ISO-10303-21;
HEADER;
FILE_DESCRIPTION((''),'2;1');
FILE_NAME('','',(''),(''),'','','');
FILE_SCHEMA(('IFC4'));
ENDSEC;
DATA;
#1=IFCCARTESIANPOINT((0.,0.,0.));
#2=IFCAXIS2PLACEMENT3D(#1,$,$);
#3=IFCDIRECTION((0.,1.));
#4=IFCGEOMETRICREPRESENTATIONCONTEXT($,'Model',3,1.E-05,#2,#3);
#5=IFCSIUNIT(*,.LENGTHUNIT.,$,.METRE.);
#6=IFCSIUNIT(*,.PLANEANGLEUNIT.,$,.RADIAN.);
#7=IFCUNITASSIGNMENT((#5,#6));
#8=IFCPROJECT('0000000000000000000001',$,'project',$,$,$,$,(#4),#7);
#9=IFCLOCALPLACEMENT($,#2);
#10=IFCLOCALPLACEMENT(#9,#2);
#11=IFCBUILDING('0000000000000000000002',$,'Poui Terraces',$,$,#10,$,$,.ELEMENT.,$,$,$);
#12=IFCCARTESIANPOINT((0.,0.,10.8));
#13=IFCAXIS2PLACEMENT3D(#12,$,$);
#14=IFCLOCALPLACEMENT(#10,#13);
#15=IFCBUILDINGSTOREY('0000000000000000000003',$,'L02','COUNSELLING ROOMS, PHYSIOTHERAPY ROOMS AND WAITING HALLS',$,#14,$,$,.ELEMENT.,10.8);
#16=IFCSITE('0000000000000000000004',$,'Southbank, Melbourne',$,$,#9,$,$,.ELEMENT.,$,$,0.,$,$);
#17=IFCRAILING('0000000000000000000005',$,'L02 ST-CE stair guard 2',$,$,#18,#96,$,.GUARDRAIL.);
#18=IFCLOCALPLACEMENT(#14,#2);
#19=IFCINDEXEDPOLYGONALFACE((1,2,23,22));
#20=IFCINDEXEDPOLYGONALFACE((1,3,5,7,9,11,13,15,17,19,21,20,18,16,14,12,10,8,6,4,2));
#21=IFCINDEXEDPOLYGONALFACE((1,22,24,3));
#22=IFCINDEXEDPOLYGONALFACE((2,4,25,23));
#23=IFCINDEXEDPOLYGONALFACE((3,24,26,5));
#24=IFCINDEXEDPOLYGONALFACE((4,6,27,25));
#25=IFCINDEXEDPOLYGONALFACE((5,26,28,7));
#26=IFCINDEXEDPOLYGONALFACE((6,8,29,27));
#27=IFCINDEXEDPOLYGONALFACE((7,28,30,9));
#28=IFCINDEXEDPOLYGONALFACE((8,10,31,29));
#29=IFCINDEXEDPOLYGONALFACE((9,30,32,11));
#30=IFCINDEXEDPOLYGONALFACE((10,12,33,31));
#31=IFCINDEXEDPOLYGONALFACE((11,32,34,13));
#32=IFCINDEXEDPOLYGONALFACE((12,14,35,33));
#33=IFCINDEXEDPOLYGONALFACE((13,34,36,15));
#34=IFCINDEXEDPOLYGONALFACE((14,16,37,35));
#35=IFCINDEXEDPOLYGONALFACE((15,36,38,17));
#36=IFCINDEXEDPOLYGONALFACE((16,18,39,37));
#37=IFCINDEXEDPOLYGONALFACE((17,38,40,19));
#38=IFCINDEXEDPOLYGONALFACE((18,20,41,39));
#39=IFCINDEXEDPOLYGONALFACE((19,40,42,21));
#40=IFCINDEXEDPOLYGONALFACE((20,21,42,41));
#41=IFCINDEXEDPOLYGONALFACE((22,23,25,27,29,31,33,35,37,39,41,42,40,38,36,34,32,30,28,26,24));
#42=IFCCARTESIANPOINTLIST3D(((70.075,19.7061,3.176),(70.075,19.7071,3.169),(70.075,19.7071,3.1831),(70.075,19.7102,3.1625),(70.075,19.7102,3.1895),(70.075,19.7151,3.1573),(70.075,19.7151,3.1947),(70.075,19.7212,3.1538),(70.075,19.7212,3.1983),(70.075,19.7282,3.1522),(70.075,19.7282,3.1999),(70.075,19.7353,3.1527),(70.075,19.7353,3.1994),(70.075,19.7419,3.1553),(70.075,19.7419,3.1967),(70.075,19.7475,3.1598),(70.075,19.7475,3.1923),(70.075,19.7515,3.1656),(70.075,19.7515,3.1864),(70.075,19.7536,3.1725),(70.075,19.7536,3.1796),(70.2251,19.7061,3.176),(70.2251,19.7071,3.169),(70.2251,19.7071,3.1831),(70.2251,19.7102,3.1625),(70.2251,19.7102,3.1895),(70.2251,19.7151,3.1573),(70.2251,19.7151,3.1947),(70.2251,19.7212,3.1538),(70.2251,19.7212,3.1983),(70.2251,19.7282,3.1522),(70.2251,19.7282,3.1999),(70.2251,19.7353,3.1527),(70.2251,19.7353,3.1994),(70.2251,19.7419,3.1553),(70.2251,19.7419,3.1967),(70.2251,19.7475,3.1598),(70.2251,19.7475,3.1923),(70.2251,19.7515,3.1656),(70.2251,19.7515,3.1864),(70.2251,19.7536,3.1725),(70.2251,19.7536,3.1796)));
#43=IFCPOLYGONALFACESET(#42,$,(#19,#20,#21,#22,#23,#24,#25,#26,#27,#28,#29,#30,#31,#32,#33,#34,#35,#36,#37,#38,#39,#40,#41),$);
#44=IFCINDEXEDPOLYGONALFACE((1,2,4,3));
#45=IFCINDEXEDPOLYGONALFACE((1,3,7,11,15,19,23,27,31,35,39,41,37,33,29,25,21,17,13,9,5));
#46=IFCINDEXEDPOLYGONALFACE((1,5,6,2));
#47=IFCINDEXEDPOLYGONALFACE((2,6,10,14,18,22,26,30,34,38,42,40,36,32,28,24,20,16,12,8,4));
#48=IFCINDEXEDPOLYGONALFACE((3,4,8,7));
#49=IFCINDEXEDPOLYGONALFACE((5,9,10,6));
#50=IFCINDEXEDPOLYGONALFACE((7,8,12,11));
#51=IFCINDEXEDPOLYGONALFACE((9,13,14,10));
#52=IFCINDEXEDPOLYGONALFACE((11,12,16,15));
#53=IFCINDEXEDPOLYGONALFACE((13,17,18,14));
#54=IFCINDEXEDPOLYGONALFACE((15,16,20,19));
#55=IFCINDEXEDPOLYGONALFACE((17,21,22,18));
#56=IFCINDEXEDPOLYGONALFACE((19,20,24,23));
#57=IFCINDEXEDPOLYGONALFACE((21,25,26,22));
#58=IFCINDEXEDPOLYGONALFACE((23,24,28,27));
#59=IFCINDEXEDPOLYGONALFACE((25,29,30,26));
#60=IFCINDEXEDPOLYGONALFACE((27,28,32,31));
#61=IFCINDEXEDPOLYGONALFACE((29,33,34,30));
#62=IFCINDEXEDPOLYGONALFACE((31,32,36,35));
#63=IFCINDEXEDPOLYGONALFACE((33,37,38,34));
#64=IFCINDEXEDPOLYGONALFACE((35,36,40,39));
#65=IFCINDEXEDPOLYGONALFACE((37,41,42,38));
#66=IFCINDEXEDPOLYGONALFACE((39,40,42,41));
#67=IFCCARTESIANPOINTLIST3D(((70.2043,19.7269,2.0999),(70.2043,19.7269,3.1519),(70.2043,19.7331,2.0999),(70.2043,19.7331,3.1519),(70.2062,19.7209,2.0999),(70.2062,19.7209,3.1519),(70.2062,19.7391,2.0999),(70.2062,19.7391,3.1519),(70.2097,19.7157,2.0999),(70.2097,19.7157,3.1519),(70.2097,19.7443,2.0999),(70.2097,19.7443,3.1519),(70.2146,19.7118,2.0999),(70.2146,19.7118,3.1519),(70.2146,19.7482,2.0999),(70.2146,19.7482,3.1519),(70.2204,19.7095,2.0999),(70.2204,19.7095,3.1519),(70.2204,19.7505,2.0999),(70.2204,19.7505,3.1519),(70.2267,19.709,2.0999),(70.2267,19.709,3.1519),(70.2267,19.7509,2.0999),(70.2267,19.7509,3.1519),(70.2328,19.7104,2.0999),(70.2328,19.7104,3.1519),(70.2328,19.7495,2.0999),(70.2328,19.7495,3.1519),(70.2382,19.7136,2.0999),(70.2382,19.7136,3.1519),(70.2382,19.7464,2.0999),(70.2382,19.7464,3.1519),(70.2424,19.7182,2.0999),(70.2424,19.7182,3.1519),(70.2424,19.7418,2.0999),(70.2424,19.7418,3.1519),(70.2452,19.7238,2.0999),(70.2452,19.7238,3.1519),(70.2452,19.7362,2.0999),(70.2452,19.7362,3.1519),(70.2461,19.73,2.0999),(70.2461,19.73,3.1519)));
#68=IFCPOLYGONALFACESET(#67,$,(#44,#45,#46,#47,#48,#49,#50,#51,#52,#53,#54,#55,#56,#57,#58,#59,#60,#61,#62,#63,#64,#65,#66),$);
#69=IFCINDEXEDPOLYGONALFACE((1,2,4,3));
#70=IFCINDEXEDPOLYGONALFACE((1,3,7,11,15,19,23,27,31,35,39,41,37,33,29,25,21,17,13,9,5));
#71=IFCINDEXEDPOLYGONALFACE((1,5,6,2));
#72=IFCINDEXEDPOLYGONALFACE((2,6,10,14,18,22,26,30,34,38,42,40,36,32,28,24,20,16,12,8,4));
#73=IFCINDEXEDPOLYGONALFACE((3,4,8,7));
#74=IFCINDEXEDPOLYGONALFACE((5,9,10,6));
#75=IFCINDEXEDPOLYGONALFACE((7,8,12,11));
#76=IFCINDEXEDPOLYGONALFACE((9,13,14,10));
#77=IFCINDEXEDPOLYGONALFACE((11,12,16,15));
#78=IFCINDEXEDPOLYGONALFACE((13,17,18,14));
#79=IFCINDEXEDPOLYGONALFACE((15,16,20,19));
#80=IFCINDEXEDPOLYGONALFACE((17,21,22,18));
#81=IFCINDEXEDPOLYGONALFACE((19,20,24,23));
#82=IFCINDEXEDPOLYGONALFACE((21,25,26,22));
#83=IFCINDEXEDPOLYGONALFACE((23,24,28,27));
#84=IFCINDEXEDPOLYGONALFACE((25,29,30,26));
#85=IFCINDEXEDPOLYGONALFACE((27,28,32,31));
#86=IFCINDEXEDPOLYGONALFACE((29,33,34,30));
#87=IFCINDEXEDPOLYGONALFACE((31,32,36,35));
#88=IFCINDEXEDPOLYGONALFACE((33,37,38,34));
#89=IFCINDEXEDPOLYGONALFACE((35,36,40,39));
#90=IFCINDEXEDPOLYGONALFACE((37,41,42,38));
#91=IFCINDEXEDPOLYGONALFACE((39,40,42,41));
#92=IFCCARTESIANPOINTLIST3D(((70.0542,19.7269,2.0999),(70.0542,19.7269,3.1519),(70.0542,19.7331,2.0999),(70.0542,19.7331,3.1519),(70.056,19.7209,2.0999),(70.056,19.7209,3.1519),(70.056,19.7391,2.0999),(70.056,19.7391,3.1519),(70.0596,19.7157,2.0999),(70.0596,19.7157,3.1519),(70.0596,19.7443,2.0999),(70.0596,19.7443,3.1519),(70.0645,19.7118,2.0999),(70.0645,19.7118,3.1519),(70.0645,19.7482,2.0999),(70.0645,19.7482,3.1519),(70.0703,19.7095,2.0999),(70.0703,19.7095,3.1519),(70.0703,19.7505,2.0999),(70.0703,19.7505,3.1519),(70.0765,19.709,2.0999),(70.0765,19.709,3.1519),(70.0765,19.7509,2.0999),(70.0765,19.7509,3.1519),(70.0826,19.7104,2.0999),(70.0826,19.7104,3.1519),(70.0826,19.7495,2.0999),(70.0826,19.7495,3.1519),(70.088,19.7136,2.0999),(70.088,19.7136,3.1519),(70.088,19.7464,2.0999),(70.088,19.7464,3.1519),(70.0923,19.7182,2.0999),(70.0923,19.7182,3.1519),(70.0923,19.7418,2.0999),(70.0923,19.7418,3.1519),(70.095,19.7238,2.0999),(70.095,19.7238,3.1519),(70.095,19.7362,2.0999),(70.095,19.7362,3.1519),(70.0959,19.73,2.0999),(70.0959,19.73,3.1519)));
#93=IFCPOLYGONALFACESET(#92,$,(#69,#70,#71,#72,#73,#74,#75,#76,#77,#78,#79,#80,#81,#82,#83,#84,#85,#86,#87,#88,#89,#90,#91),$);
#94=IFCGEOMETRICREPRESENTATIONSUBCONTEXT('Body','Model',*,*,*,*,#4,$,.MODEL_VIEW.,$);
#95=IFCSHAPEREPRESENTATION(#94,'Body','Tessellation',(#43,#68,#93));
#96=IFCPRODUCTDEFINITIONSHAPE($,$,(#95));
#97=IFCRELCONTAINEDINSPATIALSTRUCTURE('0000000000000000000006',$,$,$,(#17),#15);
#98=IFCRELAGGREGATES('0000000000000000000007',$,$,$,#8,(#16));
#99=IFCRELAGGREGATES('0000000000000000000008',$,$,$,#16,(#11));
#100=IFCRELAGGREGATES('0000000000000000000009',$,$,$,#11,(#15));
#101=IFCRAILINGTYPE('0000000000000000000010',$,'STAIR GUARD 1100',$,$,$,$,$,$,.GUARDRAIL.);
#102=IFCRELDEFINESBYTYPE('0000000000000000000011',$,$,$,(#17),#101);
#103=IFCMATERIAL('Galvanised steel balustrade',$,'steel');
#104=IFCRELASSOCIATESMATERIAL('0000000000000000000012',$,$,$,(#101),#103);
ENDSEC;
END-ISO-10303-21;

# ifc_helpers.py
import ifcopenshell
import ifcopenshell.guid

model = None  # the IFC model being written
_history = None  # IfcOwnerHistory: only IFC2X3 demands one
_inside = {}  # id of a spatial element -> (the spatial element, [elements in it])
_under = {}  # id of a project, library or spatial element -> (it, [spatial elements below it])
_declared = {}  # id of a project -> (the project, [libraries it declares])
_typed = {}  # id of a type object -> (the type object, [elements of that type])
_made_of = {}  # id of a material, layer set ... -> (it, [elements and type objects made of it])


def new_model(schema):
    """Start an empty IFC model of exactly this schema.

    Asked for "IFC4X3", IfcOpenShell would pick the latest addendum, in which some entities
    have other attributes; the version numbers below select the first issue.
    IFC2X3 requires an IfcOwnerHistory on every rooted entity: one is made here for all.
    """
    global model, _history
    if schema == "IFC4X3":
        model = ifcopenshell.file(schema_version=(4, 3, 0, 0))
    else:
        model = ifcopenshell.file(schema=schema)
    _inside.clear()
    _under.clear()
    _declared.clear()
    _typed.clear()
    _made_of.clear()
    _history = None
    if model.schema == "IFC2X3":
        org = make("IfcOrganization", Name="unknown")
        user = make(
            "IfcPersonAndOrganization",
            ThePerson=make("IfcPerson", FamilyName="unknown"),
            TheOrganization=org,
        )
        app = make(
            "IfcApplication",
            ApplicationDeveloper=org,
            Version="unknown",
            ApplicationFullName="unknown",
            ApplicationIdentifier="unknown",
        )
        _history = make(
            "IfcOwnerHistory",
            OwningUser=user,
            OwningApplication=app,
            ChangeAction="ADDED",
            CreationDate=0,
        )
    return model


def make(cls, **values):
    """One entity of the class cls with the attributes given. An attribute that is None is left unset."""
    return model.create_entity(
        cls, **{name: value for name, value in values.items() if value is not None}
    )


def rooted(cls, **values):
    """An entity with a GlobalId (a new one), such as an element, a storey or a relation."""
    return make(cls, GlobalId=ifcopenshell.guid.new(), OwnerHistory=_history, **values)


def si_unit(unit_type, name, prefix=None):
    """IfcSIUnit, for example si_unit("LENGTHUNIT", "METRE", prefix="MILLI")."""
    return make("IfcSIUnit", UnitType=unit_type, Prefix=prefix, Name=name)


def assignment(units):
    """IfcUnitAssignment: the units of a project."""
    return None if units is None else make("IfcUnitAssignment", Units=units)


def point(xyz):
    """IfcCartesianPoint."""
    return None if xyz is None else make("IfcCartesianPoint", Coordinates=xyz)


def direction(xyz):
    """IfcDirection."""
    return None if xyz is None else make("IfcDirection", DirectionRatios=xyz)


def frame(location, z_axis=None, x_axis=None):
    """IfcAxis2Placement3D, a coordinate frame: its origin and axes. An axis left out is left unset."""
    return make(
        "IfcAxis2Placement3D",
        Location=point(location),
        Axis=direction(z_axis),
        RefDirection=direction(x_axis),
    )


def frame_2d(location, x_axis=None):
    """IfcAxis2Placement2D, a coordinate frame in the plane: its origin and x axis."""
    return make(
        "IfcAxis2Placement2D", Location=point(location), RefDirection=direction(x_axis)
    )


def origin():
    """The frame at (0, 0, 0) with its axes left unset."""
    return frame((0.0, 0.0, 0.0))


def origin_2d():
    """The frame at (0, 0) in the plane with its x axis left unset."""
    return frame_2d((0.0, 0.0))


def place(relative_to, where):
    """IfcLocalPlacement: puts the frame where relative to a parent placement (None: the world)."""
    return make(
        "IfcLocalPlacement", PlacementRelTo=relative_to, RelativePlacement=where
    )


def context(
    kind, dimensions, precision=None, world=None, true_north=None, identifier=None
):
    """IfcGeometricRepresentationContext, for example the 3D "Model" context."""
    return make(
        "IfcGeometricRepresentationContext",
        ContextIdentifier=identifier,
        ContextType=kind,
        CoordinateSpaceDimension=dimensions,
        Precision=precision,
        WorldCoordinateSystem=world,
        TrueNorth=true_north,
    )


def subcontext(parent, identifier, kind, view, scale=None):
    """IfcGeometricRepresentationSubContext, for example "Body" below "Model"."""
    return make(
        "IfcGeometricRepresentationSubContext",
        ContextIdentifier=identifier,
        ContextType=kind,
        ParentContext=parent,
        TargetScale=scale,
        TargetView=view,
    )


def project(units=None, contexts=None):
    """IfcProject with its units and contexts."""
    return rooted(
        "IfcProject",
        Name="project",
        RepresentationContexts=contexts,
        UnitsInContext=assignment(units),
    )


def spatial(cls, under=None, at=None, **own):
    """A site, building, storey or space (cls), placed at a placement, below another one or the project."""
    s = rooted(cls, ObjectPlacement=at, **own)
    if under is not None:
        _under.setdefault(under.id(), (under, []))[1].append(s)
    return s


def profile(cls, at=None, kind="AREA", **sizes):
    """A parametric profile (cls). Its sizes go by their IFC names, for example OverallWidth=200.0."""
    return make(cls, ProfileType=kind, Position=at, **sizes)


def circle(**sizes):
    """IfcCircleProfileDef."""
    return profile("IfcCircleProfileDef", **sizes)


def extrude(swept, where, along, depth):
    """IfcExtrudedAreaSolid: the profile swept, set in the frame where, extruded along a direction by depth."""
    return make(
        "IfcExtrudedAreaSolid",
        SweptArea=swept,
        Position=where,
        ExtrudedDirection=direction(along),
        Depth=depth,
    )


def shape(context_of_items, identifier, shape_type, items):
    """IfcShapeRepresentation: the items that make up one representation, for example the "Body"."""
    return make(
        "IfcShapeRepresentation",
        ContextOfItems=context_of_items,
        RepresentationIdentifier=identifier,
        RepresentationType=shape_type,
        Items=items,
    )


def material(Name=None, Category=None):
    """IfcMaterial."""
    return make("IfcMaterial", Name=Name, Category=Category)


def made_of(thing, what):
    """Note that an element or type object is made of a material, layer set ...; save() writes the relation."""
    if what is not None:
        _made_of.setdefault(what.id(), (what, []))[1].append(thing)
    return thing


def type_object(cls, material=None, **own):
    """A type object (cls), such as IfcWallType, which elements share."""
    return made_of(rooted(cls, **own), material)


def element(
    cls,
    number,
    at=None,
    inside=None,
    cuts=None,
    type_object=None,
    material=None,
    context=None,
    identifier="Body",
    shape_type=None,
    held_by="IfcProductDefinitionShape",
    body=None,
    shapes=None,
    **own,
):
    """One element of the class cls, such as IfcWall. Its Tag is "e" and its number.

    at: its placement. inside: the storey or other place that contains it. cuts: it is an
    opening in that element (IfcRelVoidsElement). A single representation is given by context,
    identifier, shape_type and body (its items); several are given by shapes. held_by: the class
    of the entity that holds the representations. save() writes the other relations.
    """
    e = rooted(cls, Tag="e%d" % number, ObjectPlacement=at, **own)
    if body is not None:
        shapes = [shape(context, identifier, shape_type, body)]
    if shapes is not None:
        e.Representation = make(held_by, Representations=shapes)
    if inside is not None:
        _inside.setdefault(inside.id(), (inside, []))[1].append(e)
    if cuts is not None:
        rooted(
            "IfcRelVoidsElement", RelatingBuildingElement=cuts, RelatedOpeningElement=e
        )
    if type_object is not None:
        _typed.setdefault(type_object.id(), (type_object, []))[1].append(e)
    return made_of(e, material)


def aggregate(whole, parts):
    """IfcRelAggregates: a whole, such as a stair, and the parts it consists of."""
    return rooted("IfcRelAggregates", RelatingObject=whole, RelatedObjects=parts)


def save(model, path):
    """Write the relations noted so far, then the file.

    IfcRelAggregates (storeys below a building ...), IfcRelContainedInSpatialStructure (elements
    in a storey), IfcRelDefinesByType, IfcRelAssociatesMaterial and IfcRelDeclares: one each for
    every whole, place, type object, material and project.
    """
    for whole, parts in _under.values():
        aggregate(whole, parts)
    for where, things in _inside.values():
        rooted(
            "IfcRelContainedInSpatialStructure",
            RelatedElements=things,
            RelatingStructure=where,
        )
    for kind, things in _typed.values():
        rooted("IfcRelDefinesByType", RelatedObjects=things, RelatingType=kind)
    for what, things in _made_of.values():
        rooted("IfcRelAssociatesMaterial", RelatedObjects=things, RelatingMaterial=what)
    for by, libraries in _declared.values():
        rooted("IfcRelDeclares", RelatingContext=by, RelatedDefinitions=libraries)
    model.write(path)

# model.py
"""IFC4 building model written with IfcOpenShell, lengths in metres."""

from ifc_helpers import new_model, si_unit, direction, frame, origin, origin_2d, place, context, subcontext, project, spatial, circle, extrude, material, type_object, element, save


model = new_model("IFC4")

# Units and contexts
model_context = context("Model", 3, precision=1e-05, world=origin(), true_north=direction((0.0, 1.0)))
body_context = subcontext(model_context, "Body", "Model", "MODEL_VIEW")
ifc_project = project(units=[si_unit("LENGTHUNIT", "METRE"), si_unit("PLANEANGLEUNIT", "RADIAN")], contexts=[model_context])

# Site, building, storey
site_placement = place(None, origin())
site = spatial("IfcSite", under=ifc_project, at=site_placement, Name="Southbank, Melbourne", CompositionType="ELEMENT", RefElevation=0.0)
building_placement = place(site_placement, origin())
building = spatial("IfcBuilding", under=site, at=building_placement, Name="Poui Terraces", CompositionType="ELEMENT")
storey_placement = place(building_placement, frame((0.0, 0.0, 10.8)))
storey = spatial("IfcBuildingStorey", under=building, at=storey_placement, Name="L02", Description="COUNSELLING ROOMS, PHYSIOTHERAPY ROOMS AND WAITING HALLS", CompositionType="ELEMENT", Elevation=10.8)

# Railing
ifc_material_1 = material(Name="Galvanised steel balustrade", Category="steel")
railing_type = type_object("IfcRailingType", Name="STAIR GUARD 1100", PredefinedType="GUARDRAIL", material=ifc_material_1)
railing_1_placement = place(storey_placement, frame((70.2251, 19.73, 2.0999)))
element("IfcRailing", 1, at=railing_1_placement, inside=storey, type_object=railing_type, Name="L02 ST-CE stair guard 2", PredefinedType="GUARDRAIL", context=body_context, shape_type="SweptSolid", body=[
    extrude(circle(Radius=0.0239, at=origin_2d()), frame((0.0, 0.0, 1.0762), z_axis=(-1.0, 0.0, 0.0), x_axis=(0.0, -1.0, 0.0)), (0.0, 0.0, 1.0), 0.1501),
    extrude(circle(Radius=0.021, at=origin_2d()), origin(), (0.0, 0.0, 1.0), 1.052),
    extrude(circle(Radius=0.021, at=origin_2d()), frame((-0.1501, 0.0, 0.0)), (0.0, 0.0, 1.0), 1.052),
])

save(model, "model.ifc")
